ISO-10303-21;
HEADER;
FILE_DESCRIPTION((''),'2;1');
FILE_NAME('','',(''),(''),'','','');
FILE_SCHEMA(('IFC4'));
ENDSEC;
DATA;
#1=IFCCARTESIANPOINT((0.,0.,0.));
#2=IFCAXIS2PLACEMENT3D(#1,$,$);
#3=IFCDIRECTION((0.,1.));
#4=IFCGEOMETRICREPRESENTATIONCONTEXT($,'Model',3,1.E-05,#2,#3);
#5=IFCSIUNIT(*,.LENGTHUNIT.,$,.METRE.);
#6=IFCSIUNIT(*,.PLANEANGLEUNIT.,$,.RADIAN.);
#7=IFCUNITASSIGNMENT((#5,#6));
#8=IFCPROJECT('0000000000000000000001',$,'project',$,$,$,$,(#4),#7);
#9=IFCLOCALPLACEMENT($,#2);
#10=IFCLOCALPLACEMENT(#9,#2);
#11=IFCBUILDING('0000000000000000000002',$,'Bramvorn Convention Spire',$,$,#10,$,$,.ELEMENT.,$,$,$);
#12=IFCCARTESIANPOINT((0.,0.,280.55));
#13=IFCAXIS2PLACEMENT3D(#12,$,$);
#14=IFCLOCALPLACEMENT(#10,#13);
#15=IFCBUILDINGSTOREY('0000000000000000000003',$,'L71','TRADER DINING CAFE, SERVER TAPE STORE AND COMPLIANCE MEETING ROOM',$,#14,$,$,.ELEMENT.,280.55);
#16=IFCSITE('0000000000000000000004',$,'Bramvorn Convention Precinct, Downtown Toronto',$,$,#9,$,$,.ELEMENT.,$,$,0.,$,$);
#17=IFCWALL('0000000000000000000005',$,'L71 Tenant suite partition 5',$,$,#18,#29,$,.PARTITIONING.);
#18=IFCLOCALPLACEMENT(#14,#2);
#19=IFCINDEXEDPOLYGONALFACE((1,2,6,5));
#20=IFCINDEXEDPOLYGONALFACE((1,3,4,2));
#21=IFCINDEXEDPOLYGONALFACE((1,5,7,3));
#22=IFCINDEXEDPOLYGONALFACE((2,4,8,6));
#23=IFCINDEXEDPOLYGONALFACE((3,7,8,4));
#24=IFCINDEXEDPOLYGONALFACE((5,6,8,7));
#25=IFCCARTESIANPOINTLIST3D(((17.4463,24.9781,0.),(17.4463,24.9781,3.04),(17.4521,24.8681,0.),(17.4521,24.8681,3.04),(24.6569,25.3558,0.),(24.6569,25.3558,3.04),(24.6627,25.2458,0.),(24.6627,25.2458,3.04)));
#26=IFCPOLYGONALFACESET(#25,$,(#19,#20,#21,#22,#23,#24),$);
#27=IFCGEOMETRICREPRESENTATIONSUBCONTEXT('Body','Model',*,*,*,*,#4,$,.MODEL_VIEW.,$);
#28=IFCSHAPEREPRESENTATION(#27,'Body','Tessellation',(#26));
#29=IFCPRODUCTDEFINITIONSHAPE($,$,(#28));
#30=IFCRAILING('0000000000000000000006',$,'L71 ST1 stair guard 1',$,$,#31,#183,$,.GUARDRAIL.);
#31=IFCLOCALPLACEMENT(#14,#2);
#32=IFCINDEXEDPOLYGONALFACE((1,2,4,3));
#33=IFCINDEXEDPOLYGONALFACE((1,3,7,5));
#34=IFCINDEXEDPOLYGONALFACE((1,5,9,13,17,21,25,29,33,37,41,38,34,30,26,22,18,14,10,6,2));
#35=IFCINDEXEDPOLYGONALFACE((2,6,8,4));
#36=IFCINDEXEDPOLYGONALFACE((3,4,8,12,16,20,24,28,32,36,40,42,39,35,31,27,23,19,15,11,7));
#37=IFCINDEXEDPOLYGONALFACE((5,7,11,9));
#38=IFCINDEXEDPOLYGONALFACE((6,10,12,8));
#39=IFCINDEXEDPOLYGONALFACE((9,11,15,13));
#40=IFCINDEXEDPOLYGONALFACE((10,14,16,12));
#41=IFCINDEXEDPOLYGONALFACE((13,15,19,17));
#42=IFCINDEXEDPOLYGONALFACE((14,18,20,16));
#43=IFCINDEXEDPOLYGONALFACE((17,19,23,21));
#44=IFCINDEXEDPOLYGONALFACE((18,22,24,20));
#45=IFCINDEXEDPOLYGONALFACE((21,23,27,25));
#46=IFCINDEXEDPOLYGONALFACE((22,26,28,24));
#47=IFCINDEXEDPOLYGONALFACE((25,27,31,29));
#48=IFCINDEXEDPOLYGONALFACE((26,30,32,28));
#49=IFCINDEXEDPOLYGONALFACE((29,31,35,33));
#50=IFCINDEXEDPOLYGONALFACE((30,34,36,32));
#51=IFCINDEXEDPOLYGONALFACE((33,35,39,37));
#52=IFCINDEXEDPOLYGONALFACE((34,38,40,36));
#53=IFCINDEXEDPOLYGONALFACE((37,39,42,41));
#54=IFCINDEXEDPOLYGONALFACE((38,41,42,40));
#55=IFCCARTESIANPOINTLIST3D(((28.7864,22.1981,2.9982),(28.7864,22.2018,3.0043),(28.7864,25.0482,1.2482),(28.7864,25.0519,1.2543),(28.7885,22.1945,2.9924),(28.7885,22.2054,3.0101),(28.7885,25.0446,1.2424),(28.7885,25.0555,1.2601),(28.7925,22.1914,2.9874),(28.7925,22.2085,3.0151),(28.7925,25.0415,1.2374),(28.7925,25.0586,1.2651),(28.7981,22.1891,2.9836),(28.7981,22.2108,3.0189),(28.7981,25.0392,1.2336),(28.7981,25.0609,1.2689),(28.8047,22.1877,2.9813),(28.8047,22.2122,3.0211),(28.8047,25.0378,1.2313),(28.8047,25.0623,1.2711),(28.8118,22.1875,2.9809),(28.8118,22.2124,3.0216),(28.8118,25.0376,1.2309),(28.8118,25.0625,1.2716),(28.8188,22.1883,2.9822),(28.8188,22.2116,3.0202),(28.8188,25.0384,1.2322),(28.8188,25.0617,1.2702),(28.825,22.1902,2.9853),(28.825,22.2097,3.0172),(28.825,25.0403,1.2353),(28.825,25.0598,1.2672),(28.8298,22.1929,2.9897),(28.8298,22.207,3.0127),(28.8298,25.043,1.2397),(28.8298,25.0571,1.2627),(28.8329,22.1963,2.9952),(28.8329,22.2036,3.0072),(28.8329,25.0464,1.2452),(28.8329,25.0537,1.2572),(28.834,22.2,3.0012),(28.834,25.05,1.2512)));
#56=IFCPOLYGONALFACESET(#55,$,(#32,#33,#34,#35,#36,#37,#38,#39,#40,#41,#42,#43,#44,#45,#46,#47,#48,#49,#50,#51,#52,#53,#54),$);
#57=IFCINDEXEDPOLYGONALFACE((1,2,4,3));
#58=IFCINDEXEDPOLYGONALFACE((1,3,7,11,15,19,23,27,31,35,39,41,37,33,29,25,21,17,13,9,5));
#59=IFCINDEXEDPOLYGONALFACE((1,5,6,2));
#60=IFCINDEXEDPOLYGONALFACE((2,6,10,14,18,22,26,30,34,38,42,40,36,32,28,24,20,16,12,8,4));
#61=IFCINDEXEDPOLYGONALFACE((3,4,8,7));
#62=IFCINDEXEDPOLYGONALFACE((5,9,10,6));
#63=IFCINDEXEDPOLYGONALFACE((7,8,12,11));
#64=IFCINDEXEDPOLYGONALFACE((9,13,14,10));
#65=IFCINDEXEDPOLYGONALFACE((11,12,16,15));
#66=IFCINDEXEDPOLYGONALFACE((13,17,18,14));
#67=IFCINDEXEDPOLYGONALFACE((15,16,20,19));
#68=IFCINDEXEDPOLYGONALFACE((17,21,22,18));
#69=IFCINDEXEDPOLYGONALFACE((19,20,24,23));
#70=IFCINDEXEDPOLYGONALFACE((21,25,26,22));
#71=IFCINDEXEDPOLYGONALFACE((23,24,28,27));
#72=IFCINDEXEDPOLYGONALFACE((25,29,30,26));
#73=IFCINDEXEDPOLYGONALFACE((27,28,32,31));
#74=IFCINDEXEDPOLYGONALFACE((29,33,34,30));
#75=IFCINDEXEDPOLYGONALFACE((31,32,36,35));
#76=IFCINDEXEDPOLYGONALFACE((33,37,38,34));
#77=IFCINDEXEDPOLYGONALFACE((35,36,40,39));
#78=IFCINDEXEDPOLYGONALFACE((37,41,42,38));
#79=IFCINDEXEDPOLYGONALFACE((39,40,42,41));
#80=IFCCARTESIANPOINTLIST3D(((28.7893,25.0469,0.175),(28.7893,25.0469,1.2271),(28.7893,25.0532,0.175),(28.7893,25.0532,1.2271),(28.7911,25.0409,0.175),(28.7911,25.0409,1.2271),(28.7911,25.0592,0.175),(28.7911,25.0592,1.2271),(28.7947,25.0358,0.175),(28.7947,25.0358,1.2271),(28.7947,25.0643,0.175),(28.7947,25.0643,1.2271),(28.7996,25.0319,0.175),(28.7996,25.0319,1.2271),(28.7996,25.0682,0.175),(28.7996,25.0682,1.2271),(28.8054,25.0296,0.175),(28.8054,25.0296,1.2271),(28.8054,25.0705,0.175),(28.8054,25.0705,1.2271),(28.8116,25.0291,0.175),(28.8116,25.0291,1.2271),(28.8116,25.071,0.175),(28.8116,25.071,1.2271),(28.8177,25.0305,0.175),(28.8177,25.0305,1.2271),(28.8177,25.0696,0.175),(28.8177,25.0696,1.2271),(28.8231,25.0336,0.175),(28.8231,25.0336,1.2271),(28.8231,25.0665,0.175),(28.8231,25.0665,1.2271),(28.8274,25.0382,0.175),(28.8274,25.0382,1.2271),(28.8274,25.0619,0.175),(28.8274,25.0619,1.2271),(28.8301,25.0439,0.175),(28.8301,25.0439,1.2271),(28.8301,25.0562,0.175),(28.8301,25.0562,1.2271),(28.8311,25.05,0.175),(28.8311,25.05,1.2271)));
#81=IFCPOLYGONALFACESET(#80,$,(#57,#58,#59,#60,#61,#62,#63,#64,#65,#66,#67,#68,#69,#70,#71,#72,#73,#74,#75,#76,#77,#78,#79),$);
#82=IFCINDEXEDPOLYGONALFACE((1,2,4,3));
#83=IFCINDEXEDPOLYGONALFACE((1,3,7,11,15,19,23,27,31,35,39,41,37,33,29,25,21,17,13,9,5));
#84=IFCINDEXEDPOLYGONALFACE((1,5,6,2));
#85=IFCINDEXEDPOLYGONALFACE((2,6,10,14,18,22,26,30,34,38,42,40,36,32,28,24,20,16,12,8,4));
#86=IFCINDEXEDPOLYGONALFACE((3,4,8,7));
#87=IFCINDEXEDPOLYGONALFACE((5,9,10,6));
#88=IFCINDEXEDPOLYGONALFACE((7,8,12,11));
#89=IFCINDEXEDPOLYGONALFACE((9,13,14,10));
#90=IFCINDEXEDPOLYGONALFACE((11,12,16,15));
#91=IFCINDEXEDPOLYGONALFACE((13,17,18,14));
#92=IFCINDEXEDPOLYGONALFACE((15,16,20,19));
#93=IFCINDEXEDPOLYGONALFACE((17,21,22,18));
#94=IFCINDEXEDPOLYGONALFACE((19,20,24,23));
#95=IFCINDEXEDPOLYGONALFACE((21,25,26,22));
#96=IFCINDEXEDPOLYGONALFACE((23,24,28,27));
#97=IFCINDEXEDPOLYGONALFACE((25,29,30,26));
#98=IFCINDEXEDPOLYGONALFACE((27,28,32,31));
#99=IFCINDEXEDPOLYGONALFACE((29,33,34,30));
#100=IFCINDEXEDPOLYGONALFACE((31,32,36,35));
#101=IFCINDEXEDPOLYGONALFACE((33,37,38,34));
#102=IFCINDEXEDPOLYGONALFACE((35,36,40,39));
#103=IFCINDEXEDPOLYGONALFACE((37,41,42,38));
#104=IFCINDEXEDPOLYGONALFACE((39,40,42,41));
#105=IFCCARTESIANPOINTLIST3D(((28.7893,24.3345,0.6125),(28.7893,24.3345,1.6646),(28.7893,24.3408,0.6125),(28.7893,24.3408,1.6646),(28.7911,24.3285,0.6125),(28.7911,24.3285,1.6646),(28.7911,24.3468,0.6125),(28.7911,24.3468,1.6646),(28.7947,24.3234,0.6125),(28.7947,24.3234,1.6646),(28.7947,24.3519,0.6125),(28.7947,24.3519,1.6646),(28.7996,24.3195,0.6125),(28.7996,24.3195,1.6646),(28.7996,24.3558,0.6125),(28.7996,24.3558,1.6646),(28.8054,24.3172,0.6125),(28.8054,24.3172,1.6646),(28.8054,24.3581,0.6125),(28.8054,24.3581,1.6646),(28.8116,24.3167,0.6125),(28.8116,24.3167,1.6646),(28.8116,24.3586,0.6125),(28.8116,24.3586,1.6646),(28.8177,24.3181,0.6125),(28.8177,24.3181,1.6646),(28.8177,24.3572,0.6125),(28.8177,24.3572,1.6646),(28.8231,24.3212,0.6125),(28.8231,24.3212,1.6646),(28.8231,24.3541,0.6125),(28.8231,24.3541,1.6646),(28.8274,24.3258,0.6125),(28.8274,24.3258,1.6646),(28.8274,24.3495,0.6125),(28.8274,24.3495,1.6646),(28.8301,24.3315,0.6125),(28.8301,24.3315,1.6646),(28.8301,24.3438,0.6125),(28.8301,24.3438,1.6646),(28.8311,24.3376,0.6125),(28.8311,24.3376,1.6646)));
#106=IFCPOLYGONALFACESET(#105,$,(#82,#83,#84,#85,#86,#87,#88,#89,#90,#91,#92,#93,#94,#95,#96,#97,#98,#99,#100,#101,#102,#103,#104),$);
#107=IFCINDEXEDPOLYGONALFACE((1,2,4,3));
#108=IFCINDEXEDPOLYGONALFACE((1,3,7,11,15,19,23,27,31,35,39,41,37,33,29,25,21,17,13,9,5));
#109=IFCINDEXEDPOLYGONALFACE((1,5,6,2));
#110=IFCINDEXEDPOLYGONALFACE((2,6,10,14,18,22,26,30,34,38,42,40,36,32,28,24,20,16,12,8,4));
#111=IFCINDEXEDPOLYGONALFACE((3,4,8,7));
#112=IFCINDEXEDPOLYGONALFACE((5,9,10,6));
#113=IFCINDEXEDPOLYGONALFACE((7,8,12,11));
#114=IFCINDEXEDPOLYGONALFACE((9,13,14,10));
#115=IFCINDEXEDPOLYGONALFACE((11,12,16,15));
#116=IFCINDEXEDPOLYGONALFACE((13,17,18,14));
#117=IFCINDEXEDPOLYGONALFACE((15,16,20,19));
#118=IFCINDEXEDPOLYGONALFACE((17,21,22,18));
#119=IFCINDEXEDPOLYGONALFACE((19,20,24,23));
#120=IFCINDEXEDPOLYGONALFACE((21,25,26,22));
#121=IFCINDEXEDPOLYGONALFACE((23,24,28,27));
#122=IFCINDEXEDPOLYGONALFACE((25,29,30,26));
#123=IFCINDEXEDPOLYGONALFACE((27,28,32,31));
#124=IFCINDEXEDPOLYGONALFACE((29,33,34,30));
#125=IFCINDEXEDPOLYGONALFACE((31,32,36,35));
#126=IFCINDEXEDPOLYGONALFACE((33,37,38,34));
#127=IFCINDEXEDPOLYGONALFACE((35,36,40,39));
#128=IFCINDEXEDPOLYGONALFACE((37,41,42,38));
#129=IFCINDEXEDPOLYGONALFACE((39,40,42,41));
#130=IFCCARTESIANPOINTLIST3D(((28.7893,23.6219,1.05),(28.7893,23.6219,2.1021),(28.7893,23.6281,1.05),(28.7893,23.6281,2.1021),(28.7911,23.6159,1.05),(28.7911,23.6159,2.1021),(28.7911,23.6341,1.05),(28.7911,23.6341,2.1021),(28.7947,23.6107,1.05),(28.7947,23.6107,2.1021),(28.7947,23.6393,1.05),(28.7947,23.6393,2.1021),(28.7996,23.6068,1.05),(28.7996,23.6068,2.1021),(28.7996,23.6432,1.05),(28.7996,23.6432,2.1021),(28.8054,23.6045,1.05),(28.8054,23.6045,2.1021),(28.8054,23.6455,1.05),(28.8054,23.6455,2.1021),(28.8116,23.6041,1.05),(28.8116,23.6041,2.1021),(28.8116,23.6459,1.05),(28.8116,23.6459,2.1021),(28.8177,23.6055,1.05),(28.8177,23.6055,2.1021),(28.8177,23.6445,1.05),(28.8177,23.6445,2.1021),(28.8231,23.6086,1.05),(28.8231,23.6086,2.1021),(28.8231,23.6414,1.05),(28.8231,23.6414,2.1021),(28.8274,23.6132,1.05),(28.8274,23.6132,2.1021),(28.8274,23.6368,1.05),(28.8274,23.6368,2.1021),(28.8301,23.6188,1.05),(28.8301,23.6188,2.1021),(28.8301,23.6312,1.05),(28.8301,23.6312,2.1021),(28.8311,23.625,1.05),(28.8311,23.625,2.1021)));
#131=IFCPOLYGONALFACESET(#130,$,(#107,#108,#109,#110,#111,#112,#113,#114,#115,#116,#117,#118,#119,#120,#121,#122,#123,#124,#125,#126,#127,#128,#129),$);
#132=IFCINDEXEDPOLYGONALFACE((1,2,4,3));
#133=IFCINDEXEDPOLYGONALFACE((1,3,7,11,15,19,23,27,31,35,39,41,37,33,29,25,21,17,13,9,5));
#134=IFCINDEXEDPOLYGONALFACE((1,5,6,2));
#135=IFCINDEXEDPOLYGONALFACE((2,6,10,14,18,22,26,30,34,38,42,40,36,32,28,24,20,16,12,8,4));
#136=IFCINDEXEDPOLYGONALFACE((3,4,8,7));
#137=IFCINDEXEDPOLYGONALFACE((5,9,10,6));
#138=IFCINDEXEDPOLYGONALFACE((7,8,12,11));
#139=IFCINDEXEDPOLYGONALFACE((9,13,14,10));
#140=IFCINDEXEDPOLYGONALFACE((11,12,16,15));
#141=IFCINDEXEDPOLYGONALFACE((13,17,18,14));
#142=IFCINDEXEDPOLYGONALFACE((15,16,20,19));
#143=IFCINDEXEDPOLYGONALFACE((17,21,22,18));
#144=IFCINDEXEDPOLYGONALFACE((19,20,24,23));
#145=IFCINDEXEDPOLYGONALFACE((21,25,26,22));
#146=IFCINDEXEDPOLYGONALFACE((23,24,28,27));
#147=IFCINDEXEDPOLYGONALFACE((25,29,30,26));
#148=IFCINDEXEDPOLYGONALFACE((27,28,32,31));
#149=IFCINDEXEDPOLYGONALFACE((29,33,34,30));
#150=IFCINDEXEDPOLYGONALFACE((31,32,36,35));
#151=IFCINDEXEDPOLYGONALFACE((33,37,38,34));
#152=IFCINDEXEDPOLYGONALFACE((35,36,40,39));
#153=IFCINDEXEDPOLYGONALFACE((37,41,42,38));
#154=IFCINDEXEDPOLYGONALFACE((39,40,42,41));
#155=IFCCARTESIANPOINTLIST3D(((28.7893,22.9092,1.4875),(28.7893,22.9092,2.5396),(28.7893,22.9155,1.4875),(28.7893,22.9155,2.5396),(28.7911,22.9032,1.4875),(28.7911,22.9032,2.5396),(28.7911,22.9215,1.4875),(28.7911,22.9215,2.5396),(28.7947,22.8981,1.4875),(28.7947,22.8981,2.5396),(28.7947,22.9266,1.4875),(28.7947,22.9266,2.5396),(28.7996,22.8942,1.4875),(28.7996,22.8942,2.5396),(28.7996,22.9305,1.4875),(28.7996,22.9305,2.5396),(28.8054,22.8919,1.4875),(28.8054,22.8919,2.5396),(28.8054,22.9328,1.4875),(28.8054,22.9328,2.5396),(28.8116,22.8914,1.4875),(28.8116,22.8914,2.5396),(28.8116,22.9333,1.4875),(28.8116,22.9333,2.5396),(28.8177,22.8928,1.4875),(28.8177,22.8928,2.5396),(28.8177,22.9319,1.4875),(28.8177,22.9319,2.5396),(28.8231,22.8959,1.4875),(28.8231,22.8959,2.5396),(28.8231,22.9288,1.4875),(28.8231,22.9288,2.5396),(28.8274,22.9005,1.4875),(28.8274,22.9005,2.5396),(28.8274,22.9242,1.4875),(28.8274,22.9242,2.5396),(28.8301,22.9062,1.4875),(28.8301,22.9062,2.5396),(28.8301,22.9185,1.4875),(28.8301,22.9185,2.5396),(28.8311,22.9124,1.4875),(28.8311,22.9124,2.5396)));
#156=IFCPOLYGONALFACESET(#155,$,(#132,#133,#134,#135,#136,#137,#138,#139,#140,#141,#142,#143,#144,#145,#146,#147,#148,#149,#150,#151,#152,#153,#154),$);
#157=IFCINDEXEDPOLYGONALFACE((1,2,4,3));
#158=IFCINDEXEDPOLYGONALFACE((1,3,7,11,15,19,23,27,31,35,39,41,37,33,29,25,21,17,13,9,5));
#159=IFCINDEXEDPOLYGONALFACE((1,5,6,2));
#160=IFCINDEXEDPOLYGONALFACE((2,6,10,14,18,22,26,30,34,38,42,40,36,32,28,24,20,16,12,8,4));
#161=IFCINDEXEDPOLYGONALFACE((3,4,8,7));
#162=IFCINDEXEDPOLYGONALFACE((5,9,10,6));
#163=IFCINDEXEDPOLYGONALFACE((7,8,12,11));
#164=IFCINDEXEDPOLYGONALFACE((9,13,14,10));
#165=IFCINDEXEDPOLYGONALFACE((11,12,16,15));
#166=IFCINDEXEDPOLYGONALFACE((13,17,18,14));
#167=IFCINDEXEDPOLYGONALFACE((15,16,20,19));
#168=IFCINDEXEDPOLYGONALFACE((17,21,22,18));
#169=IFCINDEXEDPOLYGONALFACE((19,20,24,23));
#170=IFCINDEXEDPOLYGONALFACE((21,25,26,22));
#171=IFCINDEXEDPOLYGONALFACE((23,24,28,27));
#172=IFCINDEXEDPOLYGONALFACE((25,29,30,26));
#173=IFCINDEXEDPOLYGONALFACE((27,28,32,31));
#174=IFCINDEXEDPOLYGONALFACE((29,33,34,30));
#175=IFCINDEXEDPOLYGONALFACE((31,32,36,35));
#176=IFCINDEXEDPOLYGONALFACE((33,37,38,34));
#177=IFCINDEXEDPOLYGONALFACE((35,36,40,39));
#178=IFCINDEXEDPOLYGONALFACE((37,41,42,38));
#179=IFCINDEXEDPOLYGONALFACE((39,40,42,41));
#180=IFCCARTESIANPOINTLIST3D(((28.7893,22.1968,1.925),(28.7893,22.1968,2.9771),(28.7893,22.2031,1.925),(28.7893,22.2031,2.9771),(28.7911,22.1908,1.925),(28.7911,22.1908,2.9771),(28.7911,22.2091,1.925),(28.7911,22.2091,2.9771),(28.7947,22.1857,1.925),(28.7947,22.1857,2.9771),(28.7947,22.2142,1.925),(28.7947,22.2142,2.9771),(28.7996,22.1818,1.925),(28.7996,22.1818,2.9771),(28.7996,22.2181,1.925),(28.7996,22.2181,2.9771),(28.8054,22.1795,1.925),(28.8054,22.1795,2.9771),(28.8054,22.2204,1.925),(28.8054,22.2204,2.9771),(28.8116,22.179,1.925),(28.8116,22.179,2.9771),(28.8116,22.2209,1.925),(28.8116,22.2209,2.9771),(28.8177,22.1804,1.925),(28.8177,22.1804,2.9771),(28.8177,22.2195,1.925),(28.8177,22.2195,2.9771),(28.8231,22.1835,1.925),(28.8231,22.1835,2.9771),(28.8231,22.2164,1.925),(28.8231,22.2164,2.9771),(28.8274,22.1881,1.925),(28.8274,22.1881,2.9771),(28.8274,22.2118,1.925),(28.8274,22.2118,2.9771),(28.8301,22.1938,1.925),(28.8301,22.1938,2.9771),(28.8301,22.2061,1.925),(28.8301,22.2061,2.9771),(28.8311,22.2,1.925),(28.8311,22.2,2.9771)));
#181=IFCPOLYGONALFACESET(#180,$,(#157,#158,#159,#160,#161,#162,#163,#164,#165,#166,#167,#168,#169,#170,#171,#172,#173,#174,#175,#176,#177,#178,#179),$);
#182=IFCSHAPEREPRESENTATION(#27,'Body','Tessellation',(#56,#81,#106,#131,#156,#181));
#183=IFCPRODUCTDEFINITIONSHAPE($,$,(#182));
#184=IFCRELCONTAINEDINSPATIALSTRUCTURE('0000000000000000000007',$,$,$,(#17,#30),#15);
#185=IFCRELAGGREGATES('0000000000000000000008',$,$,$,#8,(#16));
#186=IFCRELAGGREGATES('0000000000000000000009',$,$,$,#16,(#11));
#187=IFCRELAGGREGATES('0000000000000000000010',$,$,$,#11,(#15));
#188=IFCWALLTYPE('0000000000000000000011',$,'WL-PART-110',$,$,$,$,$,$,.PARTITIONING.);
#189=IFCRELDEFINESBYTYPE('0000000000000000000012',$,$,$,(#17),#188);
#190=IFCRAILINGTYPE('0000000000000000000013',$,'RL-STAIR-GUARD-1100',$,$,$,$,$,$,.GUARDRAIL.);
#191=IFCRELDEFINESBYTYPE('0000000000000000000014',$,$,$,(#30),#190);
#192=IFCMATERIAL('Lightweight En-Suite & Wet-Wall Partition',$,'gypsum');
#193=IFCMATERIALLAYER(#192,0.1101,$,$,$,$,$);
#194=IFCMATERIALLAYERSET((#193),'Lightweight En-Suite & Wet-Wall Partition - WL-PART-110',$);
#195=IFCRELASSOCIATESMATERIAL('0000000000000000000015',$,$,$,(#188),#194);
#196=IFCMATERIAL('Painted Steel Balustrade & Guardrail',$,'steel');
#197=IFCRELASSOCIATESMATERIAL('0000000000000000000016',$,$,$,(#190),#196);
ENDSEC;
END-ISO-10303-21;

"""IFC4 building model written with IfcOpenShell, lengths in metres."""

from ifc_helpers import new_model, si_unit, direction, frame, frame_2d, origin, origin_2d, place, context, subcontext, project, spatial, rectangle, circle, extrude, material, layer, layer_set, type_object, element, save


model = new_model("IFC4")

# Units and contexts
model_context = context("Model", 3, precision=1e-05, world=origin(), true_north=direction((0.0, 1.0)))
body_context = subcontext(model_context, "Body", "Model", "MODEL_VIEW")
ifc_project = project(units=[si_unit("LENGTHUNIT", "METRE"), si_unit("PLANEANGLEUNIT", "RADIAN")], contexts=[model_context])

# Site, building, storey
site_placement = place(None, origin())
site = spatial("IfcSite", under=ifc_project, at=site_placement, Name="Bramvorn Convention Precinct, Downtown Toronto", CompositionType="ELEMENT", RefElevation=0.0)
building_placement = place(site_placement, origin())
building = spatial("IfcBuilding", under=site, at=building_placement, Name="Bramvorn Convention Spire", CompositionType="ELEMENT")
storey_placement = place(building_placement, frame((0.0, 0.0, 280.55)))
storey = spatial("IfcBuildingStorey", under=building, at=storey_placement, Name="L71", Description="TRADER DINING CAFE, SERVER TAPE STORE AND COMPLIANCE MEETING ROOM", CompositionType="ELEMENT", Elevation=280.55)

# Wall
ifc_material_1 = material(Name="Lightweight En-Suite & Wet-Wall Partition", Category="gypsum")
ifc_layer_1 = layer(ifc_material_1, 0.1101)
ifc_layer_set_1 = layer_set([ifc_layer_1], Name="Lightweight En-Suite & Wet-Wall Partition - WL-PART-110")
wall_type_1 = type_object("IfcWallType", Name="WL-PART-110", PredefinedType="PARTITIONING", material=ifc_layer_set_1)
wall_1_placement = place(storey_placement, frame((24.6599, 25.3008, 0.0), z_axis=(0.0, 0.0, 1.0), x_axis=(-0.998631, -0.052307, 0.0)))
element("IfcWall", 1, at=wall_1_placement, inside=storey, type_object=wall_type_1, Name="L71 Tenant suite partition 5", PredefinedType="PARTITIONING", context=body_context, shape_type="SweptSolid", body=[
    extrude(rectangle(XDim=7.2205, YDim=0.1101, at=frame_2d((3.6104, 0.0))), origin(), (0.0, 0.0, 1.0), 3.04),
])

# Railing
ifc_material_2 = material(Name="Painted Steel Balustrade & Guardrail", Category="steel")
railing_type = type_object("IfcRailingType", Name="RL-STAIR-GUARD-1100", PredefinedType="GUARDRAIL", material=ifc_material_2)
railing_1_placement = place(storey_placement, frame((28.8101, 25.05, 0.175)))
element("IfcRailing", 2, at=railing_1_placement, inside=storey, type_object=railing_type, Name="L71 ST1 stair guard 1", PredefinedType="GUARDRAIL", context=body_context, shape_type="SweptSolid", body=[
    extrude(circle(Radius=0.0239, at=origin_2d()), frame((0.0, 0.0, 1.0762), z_axis=(0.0, -0.852179, 0.52325), x_axis=(1.0, 0.0, 0.0)), (0.0, 0.0, 1.0), 3.3445),
    extrude(circle(Radius=0.021, at=origin_2d()), origin(), (0.0, 0.0, 1.0), 1.052),
    extrude(circle(Radius=0.021, at=origin_2d()), frame((0.0, -0.7124, 0.4375)), (0.0, 0.0, 1.0), 1.052),
    extrude(circle(Radius=0.021, at=origin_2d()), frame((0.0, -1.425, 0.875)), (0.0, 0.0, 1.0), 1.052),
    extrude(circle(Radius=0.021, at=origin_2d()), frame((0.0, -2.1377, 1.3125)), (0.0, 0.0, 1.0), 1.052),
    extrude(circle(Radius=0.021, at=origin_2d()), frame((0.0, -2.8501, 1.75)), (0.0, 0.0, 1.0), 1.052),
])

save(model, "model.ifc")
